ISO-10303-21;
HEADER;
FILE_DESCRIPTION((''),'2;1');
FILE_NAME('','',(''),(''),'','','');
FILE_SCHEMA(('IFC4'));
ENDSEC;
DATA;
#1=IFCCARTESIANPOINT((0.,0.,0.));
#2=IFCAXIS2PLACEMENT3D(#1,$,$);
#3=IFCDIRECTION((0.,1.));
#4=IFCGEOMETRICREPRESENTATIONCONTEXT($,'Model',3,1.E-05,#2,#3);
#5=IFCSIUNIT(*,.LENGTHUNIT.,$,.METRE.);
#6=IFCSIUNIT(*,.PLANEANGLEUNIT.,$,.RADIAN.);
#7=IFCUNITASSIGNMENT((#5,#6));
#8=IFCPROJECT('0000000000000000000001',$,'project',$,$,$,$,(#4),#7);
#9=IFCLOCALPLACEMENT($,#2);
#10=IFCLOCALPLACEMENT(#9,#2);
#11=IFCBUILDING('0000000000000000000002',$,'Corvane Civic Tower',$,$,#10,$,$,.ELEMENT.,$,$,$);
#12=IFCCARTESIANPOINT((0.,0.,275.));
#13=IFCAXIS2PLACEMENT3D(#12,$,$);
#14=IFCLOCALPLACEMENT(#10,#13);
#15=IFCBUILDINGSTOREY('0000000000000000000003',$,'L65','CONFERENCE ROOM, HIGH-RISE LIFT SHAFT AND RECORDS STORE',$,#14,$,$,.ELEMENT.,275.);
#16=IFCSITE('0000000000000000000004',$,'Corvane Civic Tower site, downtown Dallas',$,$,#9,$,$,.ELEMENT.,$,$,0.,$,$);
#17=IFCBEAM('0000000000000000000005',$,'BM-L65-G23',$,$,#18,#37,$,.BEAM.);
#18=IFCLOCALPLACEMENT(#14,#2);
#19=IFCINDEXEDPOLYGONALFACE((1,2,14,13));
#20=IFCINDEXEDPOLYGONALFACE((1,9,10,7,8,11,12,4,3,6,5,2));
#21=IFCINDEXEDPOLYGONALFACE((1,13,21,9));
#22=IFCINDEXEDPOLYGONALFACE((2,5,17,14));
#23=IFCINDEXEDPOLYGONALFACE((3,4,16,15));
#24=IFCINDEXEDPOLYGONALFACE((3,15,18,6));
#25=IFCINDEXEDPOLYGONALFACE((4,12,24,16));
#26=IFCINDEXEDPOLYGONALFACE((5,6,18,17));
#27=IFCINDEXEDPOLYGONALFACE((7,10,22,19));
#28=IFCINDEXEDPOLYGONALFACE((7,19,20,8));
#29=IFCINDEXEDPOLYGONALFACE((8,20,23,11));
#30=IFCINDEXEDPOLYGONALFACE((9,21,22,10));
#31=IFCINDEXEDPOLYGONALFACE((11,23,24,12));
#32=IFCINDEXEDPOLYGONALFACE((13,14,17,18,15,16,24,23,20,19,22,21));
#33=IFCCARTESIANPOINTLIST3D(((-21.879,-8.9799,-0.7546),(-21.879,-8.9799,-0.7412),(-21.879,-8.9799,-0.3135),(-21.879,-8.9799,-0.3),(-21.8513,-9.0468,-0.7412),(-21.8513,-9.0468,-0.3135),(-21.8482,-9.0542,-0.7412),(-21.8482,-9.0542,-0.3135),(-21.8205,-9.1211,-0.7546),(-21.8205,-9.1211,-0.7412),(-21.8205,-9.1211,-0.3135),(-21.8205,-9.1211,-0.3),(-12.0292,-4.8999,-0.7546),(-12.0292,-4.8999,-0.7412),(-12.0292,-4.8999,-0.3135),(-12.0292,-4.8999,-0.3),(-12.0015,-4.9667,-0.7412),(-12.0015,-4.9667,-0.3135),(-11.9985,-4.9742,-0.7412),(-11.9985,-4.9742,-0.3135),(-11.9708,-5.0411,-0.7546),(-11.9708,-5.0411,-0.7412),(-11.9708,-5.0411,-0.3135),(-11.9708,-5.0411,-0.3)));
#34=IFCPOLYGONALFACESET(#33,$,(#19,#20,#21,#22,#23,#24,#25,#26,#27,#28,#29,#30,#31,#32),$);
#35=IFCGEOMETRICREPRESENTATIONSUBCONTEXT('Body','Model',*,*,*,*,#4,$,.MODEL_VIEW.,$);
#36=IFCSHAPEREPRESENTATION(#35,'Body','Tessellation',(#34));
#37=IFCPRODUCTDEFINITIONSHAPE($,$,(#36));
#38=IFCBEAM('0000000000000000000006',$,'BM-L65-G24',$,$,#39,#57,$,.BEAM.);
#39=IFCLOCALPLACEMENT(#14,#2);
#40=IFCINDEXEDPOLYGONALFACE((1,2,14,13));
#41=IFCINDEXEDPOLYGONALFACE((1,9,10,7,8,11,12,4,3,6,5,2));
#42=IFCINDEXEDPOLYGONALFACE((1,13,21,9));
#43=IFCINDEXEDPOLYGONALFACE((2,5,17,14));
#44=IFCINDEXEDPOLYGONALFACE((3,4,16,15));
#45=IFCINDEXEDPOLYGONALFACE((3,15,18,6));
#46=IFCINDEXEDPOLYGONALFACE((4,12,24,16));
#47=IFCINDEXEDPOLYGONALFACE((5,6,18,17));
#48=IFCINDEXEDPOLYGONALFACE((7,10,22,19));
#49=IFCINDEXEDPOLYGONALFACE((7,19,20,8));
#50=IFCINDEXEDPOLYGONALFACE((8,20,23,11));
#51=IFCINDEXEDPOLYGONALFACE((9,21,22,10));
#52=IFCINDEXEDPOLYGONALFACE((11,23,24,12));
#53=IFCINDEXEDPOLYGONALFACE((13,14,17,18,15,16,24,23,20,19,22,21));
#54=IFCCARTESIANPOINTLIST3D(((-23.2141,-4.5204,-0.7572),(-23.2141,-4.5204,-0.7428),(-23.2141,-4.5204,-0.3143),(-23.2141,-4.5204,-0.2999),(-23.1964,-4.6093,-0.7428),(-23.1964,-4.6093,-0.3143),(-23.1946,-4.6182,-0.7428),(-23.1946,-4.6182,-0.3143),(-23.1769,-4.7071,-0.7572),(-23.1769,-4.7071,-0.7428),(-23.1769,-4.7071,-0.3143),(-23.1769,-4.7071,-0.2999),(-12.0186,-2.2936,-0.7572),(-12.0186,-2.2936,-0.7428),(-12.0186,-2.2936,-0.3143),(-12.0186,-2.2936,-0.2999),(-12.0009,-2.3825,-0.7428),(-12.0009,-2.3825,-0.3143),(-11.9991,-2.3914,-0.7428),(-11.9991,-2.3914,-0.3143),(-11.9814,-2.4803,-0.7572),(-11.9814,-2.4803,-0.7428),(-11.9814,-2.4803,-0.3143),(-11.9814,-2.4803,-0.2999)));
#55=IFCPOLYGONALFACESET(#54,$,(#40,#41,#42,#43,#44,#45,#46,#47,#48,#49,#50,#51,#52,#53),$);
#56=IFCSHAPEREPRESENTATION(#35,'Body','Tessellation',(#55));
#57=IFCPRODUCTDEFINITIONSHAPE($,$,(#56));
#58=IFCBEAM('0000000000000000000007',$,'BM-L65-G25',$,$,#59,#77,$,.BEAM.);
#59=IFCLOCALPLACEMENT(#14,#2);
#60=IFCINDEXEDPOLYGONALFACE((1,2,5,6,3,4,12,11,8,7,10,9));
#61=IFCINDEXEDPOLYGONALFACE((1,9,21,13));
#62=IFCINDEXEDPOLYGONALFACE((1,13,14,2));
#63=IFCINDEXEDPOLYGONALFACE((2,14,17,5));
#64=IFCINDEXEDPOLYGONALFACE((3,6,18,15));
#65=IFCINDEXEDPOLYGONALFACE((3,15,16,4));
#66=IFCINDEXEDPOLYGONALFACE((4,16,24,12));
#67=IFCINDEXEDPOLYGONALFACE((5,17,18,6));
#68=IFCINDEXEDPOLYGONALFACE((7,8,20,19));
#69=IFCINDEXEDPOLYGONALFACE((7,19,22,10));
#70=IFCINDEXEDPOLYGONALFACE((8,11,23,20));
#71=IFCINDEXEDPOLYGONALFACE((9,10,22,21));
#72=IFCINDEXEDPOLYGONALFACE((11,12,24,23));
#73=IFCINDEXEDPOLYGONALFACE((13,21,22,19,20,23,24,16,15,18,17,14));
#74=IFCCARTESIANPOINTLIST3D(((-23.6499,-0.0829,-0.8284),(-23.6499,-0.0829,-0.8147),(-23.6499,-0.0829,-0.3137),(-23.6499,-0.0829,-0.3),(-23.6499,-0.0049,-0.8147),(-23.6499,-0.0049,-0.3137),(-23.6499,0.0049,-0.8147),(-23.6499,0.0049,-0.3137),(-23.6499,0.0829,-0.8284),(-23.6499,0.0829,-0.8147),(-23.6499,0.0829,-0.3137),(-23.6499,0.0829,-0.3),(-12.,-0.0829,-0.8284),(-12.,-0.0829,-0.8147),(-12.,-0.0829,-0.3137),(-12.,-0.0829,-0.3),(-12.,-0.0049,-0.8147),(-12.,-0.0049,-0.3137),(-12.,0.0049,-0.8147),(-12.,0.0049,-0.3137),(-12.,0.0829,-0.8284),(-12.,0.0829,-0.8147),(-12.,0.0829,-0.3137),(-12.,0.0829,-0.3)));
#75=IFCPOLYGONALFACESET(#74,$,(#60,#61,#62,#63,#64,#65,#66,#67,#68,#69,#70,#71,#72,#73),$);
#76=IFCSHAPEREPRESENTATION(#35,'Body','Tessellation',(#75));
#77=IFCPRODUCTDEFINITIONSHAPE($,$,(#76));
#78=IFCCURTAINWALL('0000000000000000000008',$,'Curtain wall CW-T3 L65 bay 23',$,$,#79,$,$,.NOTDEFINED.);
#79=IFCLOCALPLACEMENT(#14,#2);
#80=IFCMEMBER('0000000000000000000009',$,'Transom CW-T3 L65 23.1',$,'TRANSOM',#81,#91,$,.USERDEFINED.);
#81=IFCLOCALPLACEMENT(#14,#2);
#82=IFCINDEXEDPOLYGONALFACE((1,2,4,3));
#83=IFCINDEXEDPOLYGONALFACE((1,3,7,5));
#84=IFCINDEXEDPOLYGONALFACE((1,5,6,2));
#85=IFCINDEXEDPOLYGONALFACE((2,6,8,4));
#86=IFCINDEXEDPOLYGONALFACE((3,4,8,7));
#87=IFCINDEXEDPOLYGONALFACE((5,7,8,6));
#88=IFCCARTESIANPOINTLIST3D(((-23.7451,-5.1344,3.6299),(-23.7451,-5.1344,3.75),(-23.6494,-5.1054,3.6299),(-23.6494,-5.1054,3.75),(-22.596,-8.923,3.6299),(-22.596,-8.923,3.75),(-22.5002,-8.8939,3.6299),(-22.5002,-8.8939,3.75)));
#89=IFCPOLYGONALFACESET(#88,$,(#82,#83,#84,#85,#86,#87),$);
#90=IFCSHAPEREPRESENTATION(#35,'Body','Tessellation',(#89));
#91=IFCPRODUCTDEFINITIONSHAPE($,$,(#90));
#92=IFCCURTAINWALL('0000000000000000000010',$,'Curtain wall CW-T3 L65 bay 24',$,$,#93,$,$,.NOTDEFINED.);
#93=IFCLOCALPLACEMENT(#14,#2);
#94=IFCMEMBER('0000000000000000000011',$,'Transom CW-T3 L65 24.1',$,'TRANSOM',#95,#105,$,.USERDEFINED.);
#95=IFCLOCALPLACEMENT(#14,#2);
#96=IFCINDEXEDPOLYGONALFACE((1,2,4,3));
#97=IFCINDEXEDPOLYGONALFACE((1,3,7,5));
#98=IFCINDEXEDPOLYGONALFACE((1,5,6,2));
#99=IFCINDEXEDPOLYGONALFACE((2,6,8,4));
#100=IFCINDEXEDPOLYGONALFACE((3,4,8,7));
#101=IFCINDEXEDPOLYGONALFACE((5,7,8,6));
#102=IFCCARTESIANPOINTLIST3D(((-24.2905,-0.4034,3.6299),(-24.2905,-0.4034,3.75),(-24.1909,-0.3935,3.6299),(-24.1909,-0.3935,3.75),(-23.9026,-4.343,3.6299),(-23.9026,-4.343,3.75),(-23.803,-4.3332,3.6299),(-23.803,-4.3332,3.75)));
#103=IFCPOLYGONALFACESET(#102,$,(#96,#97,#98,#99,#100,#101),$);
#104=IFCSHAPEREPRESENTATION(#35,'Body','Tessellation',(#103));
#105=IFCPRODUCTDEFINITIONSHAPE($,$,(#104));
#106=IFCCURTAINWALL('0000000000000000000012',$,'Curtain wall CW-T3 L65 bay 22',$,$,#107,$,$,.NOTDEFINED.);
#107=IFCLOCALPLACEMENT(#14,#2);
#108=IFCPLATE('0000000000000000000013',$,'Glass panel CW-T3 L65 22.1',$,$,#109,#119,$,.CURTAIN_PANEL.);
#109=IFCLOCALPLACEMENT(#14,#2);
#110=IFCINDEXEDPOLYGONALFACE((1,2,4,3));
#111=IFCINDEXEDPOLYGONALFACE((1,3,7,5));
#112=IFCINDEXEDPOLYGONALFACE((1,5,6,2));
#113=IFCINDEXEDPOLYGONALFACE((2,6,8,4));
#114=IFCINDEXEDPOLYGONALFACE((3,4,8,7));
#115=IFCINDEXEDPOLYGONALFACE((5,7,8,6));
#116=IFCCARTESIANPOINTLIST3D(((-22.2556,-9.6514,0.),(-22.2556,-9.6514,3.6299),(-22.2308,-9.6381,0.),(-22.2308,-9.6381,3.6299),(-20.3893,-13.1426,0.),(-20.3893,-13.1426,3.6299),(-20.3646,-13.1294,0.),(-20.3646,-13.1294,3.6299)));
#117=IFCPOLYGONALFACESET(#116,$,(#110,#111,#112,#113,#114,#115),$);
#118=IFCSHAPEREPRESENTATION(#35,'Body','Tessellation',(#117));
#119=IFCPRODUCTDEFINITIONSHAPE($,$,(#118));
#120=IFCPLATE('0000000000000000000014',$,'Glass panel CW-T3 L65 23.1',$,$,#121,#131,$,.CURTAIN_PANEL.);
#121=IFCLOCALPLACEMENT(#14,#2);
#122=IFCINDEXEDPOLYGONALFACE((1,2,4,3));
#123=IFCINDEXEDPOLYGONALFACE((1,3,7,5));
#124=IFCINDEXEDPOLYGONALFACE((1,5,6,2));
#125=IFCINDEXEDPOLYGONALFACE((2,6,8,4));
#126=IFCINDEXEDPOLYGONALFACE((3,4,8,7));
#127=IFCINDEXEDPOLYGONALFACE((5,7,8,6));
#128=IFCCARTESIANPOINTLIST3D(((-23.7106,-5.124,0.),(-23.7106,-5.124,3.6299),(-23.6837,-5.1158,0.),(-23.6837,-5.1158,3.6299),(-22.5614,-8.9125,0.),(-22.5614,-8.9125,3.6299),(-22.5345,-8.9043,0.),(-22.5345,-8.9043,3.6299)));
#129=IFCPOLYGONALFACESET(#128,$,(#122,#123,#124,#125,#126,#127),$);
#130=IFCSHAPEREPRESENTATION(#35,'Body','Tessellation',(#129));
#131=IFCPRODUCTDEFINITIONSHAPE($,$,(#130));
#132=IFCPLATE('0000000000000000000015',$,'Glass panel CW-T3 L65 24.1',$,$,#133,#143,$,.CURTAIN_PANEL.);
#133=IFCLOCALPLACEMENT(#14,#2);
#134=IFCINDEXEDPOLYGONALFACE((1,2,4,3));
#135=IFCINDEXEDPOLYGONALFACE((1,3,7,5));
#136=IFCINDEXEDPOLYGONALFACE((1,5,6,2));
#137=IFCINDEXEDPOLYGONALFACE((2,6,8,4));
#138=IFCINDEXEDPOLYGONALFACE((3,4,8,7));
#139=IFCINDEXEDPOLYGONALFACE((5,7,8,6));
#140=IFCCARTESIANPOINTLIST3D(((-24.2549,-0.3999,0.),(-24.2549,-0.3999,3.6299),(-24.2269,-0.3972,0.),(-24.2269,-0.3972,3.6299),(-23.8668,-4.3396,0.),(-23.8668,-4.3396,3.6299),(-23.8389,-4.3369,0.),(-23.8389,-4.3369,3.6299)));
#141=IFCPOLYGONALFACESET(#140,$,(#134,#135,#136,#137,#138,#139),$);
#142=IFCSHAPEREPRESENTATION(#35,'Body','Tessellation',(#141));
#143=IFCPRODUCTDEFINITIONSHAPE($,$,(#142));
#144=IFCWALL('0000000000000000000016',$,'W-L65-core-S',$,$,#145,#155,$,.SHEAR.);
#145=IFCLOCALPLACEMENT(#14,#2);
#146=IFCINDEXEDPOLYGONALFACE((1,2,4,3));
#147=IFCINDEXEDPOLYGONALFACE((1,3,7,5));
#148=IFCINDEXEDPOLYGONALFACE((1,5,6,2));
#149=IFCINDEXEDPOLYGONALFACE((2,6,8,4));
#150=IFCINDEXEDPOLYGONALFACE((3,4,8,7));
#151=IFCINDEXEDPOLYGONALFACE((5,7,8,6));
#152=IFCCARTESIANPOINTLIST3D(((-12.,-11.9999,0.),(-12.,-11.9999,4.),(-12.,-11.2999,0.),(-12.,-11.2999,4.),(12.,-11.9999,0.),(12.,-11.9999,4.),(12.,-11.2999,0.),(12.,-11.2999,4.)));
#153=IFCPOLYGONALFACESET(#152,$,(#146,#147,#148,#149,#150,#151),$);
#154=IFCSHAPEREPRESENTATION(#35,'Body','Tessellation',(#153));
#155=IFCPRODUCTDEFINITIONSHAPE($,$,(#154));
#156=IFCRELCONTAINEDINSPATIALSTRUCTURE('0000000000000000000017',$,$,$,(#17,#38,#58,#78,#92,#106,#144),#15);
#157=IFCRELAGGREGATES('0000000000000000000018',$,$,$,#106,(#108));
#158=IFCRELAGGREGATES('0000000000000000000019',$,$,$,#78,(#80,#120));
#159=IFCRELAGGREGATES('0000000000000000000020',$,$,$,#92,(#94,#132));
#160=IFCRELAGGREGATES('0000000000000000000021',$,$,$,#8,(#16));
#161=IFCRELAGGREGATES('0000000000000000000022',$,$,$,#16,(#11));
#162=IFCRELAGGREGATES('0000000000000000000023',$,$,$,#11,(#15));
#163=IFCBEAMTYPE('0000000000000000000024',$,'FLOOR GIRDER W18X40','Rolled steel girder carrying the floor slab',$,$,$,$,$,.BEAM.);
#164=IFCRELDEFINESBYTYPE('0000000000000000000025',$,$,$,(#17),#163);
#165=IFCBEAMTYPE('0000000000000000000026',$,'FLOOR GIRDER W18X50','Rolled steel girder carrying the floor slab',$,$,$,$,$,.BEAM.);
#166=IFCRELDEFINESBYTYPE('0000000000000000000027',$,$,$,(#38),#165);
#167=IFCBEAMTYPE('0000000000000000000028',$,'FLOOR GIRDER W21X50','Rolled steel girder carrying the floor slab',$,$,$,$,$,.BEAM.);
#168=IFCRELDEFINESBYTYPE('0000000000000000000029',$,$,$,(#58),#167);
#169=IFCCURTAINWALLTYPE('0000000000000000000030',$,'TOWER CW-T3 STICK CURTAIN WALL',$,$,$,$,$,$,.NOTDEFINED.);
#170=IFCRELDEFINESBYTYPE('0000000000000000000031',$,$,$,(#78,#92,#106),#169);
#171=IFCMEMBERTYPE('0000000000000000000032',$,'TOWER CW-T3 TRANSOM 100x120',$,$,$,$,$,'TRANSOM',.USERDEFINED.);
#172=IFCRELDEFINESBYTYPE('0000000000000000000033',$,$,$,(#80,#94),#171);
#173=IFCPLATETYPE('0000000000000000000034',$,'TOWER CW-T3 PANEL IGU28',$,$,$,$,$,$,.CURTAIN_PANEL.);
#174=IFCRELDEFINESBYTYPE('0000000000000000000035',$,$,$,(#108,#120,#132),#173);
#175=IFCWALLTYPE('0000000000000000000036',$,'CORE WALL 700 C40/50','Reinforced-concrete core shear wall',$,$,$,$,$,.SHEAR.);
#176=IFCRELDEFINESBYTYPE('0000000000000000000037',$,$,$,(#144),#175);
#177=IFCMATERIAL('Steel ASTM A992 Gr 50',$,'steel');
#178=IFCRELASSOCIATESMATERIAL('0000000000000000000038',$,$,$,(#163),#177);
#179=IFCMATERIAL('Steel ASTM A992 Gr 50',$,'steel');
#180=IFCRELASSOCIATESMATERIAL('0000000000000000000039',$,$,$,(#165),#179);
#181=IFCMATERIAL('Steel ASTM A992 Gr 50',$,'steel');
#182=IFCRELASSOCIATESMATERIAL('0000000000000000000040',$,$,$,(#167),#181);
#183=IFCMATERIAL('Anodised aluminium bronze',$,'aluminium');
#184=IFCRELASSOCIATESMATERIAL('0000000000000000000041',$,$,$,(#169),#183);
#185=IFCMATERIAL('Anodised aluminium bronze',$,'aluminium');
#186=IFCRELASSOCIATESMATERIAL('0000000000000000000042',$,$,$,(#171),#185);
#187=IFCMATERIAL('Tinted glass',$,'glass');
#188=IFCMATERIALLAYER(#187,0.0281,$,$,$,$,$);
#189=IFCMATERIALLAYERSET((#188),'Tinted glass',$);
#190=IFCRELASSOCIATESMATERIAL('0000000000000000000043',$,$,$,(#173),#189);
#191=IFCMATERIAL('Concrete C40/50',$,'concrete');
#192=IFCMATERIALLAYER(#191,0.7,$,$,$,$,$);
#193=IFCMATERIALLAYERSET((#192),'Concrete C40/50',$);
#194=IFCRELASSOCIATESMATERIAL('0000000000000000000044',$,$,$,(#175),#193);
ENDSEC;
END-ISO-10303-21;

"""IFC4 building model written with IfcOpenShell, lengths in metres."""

from ifc_helpers import new_model, si_unit, direction, frame, frame_2d, origin, origin_2d, place, context, subcontext, project, spatial, rectangle, i_section, extrude, material, layer, layer_set, material_profile, profile_set, type_object, element, aggregate, save


model = new_model("IFC4")

# Units and contexts
model_context = context("Model", 3, precision=1e-05, world=origin(), true_north=direction((0.0, 1.0)))
body_context = subcontext(model_context, "Body", "Model", "MODEL_VIEW")
ifc_project = project(units=[si_unit("LENGTHUNIT", "METRE"), si_unit("PLANEANGLEUNIT", "RADIAN")], contexts=[model_context])

# Site, building, storey
site_placement = place(None, origin())
site = spatial("IfcSite", under=ifc_project, at=site_placement, Name="Corvane Civic Tower site, downtown Dallas", CompositionType="ELEMENT", RefElevation=0.0)
building_placement = place(site_placement, origin())
building = spatial("IfcBuilding", under=site, at=building_placement, Name="Corvane Civic Tower", CompositionType="ELEMENT")
storey_placement = place(building_placement, frame((0.0, 0.0, 275.0)))
storey = spatial("IfcBuildingStorey", under=building, at=storey_placement, Name="L65", Description="CONFERENCE ROOM, HIGH-RISE LIFT SHAFT AND RECORDS STORE", CompositionType="ELEMENT", Elevation=275.0)

# Beams
ifc_material_1 = material(Name="Steel ASTM A992 Gr 50", Category="steel")
ifc_material_profile_1 = material_profile(ifc_material_1, i_section(OverallWidth=0.1528, OverallDepth=0.4546, WebThickness=0.0081, FlangeThickness=0.0134, at=origin_2d()), Name="W18X40")
ifc_profile_set_1 = profile_set([ifc_material_profile_1], Name="Steel ASTM A992 Gr 50")
beam_type_1 = type_object("IfcBeamType", Name="FLOOR GIRDER W18X40", Description="Rolled steel girder carrying the floor slab", PredefinedType="BEAM", material=ifc_profile_set_1)
beam_1_placement = place(storey_placement, frame((-12.0, -4.9705, -0.5273), z_axis=(-0.923875, -0.382694, 0.0), x_axis=(0.382694, -0.923875, 0.0)))
element("IfcBeam", 1, at=beam_1_placement, inside=storey, type_object=beam_type_1, Name="BM-L65-G23", PredefinedType="BEAM", context=body_context, shape_type="SweptSolid", body=[
    extrude(i_section(OverallWidth=0.1528, OverallDepth=0.4546, WebThickness=0.0081, FlangeThickness=0.0134, at=origin_2d()), origin(), (0.0, 0.0, 1.0), 10.6614),
])
ifc_material_2 = material(Name="Steel ASTM A992 Gr 50", Category="steel")
ifc_material_profile_2 = material_profile(ifc_material_2, i_section(OverallWidth=0.1904, OverallDepth=0.4573, WebThickness=0.009, FlangeThickness=0.0144, at=origin_2d()), Name="W18X50")
ifc_profile_set_2 = profile_set([ifc_material_profile_2], Name="Steel ASTM A992 Gr 50")
beam_type_2 = type_object("IfcBeamType", Name="FLOOR GIRDER W18X50", Description="Rolled steel girder carrying the floor slab", PredefinedType="BEAM", material=ifc_profile_set_2)
beam_2_placement = place(storey_placement, frame((-12.0, -2.387, -0.5286), z_axis=(-0.980787, -0.19508, 0.0), x_axis=(0.19508, -0.980787, 0.0)))
element("IfcBeam", 2, at=beam_2_placement, inside=storey, type_object=beam_type_2, Name="BM-L65-G24", PredefinedType="BEAM", context=body_context, shape_type="SweptSolid", body=[
    extrude(i_section(OverallWidth=0.1904, OverallDepth=0.4573, WebThickness=0.009, FlangeThickness=0.0144, at=origin_2d()), origin(), (0.0, 0.0, 1.0), 11.4148),
])
ifc_material_3 = material(Name="Steel ASTM A992 Gr 50", Category="steel")
ifc_material_profile_3 = material_profile(ifc_material_3, i_section(OverallWidth=0.1658, OverallDepth=0.5283, WebThickness=0.0098, FlangeThickness=0.0137, at=origin_2d()), Name="W21X50")
ifc_profile_set_3 = profile_set([ifc_material_profile_3], Name="Steel ASTM A992 Gr 50")
beam_type_3 = type_object("IfcBeamType", Name="FLOOR GIRDER W21X50", Description="Rolled steel girder carrying the floor slab", PredefinedType="BEAM", material=ifc_profile_set_3)
beam_3_placement = place(storey_placement, frame((-12.0, 0.0, -0.5642), z_axis=(-1.0, 0.0, 0.0), x_axis=(0.0, -1.0, 0.0)))
element("IfcBeam", 3, at=beam_3_placement, inside=storey, type_object=beam_type_3, Name="BM-L65-G25", PredefinedType="BEAM", context=body_context, shape_type="SweptSolid", body=[
    extrude(i_section(OverallWidth=0.1658, OverallDepth=0.5283, WebThickness=0.0098, FlangeThickness=0.0137, at=origin_2d()), origin(), (0.0, 0.0, 1.0), 11.6499),
])

# Curtain walls, members
ifc_material_4 = material(Name="Anodised aluminium bronze", Category="aluminium")
curtain_wall_type = type_object("IfcCurtainWallType", Name="TOWER CW-T3 STICK CURTAIN WALL", PredefinedType="NOTDEFINED", material=ifc_material_4)
curtain_wall_1_placement = place(storey_placement, origin())
curtain_wall_1 = element("IfcCurtainWall", 4, at=curtain_wall_1_placement, inside=storey, type_object=curtain_wall_type, Name="Curtain wall CW-T3 L65 bay 23", PredefinedType="NOTDEFINED")
ifc_material_5 = material(Name="Anodised aluminium bronze", Category="aluminium")
ifc_material_profile_4 = material_profile(ifc_material_5, rectangle(XDim=0.1001, YDim=0.1201, at=origin_2d()), Name="TOWER CW-T3 TRANSOM 100x120")
ifc_profile_set_4 = profile_set([ifc_material_profile_4], Name="Anodised aluminium bronze")
member_type = type_object("IfcMemberType", Name="TOWER CW-T3 TRANSOM 100x120", ElementType="TRANSOM", PredefinedType="USERDEFINED", material=ifc_profile_set_4)
member_1_placement = place(storey_placement, frame((-22.5481, -8.9084, 3.6899), z_axis=(-0.290266, 0.956946, 0.0), x_axis=(-0.956946, -0.290266, 0.0)))
member_1 = element("IfcMember", 5, at=member_1_placement, type_object=member_type, Name="Transom CW-T3 L65 23.1", ObjectType="TRANSOM", PredefinedType="USERDEFINED", context=body_context, shape_type="SweptSolid", body=[
    extrude(rectangle(XDim=0.1001, YDim=0.1201, at=origin_2d()), origin(), (0.0, 0.0, 1.0), 3.959),
])
curtain_wall_2_placement = place(storey_placement, origin())
curtain_wall_2 = element("IfcCurtainWall", 6, at=curtain_wall_2_placement, inside=storey, type_object=curtain_wall_type, Name="Curtain wall CW-T3 L65 bay 24", PredefinedType="NOTDEFINED")
member_2_placement = place(storey_placement, frame((-23.8528, -4.3381, 3.6899), z_axis=(-0.097995, 0.995187, 0.0), x_axis=(-0.995187, -0.097995, 0.0)))
member_2 = element("IfcMember", 7, at=member_2_placement, type_object=member_type, Name="Transom CW-T3 L65 24.1", ObjectType="TRANSOM", PredefinedType="USERDEFINED", context=body_context, shape_type="SweptSolid", body=[
    extrude(rectangle(XDim=0.1001, YDim=0.1201, at=origin_2d()), origin(), (0.0, 0.0, 1.0), 3.9587),
])

# Curtain wall, plate
curtain_wall_3_placement = place(storey_placement, origin())
curtain_wall_3 = element("IfcCurtainWall", 8, at=curtain_wall_3_placement, inside=storey, type_object=curtain_wall_type, Name="Curtain wall CW-T3 L65 bay 22", PredefinedType="NOTDEFINED")
ifc_material_6 = material(Name="Tinted glass", Category="glass")
ifc_layer_1 = layer(ifc_material_6, 0.0281)
ifc_layer_set_1 = layer_set([ifc_layer_1], Name="Tinted glass")
plate_type = type_object("IfcPlateType", Name="TOWER CW-T3 PANEL IGU28", PredefinedType="CURTAIN_PANEL", material=ifc_layer_set_1)
plate_1_placement = place(storey_placement, frame((-21.3101, -11.3904, 0.0), z_axis=(0.0, 0.0, 1.0), x_axis=(-0.471421, 0.881908, 0.0)))
plate_1 = element("IfcPlate", 9, at=plate_1_placement, type_object=plate_type, Name="Glass panel CW-T3 L65 22.1", PredefinedType="CURTAIN_PANEL", context=body_context, shape_type="SweptSolid", body=[
    extrude(rectangle(XDim=3.9587, YDim=0.0281, at=origin_2d()), origin(), (0.0, 0.0, 1.0), 3.6299),
])
aggregate(curtain_wall_3, [plate_1])

# Plates
plate_2_placement = place(storey_placement, frame((-23.1226, -7.0142, 0.0), z_axis=(0.0, 0.0, 1.0), x_axis=(-0.290274, 0.956944, 0.0)))
plate_2 = element("IfcPlate", 10, at=plate_2_placement, type_object=plate_type, Name="Glass panel CW-T3 L65 23.1", PredefinedType="CURTAIN_PANEL", context=body_context, shape_type="SweptSolid", body=[
    extrude(rectangle(XDim=3.959, YDim=0.0281, at=origin_2d()), origin(), (0.0, 0.0, 1.0), 3.6299),
])
aggregate(curtain_wall_1, [member_1, plate_2])
plate_3_placement = place(storey_placement, frame((-24.0469, -2.3684, 0.0), z_axis=(0.0, 0.0, 1.0), x_axis=(-0.098021, 0.995184, 0.0)))
plate_3 = element("IfcPlate", 11, at=plate_3_placement, type_object=plate_type, Name="Glass panel CW-T3 L65 24.1", PredefinedType="CURTAIN_PANEL", context=body_context, shape_type="SweptSolid", body=[
    extrude(rectangle(XDim=3.9587, YDim=0.0281, at=origin_2d()), origin(), (0.0, 0.0, 1.0), 3.6299),
])
aggregate(curtain_wall_2, [member_2, plate_3])

# Wall
ifc_material_7 = material(Name="Concrete C40/50", Category="concrete")
ifc_layer_2 = layer(ifc_material_7, 0.7)
ifc_layer_set_2 = layer_set([ifc_layer_2], Name="Concrete C40/50")
wall_type = type_object("IfcWallType", Name="CORE WALL 700 C40/50", Description="Reinforced-concrete core shear wall", PredefinedType="SHEAR", material=ifc_layer_set_2)
wall_placement = place(storey_placement, frame((-12.0, -11.6499, 0.0), z_axis=(0.0, 0.0, 1.0), x_axis=(1.0, 0.0, 0.0)))
element("IfcWall", 12, at=wall_placement, inside=storey, type_object=wall_type, Name="W-L65-core-S", PredefinedType="SHEAR", context=body_context, shape_type="SweptSolid", body=[
    extrude(rectangle(XDim=24.0, YDim=0.7, at=frame_2d((12.0, 0.0))), origin(), (0.0, 0.0, 1.0), 4.0),
])

save(model, "model.ifc")
